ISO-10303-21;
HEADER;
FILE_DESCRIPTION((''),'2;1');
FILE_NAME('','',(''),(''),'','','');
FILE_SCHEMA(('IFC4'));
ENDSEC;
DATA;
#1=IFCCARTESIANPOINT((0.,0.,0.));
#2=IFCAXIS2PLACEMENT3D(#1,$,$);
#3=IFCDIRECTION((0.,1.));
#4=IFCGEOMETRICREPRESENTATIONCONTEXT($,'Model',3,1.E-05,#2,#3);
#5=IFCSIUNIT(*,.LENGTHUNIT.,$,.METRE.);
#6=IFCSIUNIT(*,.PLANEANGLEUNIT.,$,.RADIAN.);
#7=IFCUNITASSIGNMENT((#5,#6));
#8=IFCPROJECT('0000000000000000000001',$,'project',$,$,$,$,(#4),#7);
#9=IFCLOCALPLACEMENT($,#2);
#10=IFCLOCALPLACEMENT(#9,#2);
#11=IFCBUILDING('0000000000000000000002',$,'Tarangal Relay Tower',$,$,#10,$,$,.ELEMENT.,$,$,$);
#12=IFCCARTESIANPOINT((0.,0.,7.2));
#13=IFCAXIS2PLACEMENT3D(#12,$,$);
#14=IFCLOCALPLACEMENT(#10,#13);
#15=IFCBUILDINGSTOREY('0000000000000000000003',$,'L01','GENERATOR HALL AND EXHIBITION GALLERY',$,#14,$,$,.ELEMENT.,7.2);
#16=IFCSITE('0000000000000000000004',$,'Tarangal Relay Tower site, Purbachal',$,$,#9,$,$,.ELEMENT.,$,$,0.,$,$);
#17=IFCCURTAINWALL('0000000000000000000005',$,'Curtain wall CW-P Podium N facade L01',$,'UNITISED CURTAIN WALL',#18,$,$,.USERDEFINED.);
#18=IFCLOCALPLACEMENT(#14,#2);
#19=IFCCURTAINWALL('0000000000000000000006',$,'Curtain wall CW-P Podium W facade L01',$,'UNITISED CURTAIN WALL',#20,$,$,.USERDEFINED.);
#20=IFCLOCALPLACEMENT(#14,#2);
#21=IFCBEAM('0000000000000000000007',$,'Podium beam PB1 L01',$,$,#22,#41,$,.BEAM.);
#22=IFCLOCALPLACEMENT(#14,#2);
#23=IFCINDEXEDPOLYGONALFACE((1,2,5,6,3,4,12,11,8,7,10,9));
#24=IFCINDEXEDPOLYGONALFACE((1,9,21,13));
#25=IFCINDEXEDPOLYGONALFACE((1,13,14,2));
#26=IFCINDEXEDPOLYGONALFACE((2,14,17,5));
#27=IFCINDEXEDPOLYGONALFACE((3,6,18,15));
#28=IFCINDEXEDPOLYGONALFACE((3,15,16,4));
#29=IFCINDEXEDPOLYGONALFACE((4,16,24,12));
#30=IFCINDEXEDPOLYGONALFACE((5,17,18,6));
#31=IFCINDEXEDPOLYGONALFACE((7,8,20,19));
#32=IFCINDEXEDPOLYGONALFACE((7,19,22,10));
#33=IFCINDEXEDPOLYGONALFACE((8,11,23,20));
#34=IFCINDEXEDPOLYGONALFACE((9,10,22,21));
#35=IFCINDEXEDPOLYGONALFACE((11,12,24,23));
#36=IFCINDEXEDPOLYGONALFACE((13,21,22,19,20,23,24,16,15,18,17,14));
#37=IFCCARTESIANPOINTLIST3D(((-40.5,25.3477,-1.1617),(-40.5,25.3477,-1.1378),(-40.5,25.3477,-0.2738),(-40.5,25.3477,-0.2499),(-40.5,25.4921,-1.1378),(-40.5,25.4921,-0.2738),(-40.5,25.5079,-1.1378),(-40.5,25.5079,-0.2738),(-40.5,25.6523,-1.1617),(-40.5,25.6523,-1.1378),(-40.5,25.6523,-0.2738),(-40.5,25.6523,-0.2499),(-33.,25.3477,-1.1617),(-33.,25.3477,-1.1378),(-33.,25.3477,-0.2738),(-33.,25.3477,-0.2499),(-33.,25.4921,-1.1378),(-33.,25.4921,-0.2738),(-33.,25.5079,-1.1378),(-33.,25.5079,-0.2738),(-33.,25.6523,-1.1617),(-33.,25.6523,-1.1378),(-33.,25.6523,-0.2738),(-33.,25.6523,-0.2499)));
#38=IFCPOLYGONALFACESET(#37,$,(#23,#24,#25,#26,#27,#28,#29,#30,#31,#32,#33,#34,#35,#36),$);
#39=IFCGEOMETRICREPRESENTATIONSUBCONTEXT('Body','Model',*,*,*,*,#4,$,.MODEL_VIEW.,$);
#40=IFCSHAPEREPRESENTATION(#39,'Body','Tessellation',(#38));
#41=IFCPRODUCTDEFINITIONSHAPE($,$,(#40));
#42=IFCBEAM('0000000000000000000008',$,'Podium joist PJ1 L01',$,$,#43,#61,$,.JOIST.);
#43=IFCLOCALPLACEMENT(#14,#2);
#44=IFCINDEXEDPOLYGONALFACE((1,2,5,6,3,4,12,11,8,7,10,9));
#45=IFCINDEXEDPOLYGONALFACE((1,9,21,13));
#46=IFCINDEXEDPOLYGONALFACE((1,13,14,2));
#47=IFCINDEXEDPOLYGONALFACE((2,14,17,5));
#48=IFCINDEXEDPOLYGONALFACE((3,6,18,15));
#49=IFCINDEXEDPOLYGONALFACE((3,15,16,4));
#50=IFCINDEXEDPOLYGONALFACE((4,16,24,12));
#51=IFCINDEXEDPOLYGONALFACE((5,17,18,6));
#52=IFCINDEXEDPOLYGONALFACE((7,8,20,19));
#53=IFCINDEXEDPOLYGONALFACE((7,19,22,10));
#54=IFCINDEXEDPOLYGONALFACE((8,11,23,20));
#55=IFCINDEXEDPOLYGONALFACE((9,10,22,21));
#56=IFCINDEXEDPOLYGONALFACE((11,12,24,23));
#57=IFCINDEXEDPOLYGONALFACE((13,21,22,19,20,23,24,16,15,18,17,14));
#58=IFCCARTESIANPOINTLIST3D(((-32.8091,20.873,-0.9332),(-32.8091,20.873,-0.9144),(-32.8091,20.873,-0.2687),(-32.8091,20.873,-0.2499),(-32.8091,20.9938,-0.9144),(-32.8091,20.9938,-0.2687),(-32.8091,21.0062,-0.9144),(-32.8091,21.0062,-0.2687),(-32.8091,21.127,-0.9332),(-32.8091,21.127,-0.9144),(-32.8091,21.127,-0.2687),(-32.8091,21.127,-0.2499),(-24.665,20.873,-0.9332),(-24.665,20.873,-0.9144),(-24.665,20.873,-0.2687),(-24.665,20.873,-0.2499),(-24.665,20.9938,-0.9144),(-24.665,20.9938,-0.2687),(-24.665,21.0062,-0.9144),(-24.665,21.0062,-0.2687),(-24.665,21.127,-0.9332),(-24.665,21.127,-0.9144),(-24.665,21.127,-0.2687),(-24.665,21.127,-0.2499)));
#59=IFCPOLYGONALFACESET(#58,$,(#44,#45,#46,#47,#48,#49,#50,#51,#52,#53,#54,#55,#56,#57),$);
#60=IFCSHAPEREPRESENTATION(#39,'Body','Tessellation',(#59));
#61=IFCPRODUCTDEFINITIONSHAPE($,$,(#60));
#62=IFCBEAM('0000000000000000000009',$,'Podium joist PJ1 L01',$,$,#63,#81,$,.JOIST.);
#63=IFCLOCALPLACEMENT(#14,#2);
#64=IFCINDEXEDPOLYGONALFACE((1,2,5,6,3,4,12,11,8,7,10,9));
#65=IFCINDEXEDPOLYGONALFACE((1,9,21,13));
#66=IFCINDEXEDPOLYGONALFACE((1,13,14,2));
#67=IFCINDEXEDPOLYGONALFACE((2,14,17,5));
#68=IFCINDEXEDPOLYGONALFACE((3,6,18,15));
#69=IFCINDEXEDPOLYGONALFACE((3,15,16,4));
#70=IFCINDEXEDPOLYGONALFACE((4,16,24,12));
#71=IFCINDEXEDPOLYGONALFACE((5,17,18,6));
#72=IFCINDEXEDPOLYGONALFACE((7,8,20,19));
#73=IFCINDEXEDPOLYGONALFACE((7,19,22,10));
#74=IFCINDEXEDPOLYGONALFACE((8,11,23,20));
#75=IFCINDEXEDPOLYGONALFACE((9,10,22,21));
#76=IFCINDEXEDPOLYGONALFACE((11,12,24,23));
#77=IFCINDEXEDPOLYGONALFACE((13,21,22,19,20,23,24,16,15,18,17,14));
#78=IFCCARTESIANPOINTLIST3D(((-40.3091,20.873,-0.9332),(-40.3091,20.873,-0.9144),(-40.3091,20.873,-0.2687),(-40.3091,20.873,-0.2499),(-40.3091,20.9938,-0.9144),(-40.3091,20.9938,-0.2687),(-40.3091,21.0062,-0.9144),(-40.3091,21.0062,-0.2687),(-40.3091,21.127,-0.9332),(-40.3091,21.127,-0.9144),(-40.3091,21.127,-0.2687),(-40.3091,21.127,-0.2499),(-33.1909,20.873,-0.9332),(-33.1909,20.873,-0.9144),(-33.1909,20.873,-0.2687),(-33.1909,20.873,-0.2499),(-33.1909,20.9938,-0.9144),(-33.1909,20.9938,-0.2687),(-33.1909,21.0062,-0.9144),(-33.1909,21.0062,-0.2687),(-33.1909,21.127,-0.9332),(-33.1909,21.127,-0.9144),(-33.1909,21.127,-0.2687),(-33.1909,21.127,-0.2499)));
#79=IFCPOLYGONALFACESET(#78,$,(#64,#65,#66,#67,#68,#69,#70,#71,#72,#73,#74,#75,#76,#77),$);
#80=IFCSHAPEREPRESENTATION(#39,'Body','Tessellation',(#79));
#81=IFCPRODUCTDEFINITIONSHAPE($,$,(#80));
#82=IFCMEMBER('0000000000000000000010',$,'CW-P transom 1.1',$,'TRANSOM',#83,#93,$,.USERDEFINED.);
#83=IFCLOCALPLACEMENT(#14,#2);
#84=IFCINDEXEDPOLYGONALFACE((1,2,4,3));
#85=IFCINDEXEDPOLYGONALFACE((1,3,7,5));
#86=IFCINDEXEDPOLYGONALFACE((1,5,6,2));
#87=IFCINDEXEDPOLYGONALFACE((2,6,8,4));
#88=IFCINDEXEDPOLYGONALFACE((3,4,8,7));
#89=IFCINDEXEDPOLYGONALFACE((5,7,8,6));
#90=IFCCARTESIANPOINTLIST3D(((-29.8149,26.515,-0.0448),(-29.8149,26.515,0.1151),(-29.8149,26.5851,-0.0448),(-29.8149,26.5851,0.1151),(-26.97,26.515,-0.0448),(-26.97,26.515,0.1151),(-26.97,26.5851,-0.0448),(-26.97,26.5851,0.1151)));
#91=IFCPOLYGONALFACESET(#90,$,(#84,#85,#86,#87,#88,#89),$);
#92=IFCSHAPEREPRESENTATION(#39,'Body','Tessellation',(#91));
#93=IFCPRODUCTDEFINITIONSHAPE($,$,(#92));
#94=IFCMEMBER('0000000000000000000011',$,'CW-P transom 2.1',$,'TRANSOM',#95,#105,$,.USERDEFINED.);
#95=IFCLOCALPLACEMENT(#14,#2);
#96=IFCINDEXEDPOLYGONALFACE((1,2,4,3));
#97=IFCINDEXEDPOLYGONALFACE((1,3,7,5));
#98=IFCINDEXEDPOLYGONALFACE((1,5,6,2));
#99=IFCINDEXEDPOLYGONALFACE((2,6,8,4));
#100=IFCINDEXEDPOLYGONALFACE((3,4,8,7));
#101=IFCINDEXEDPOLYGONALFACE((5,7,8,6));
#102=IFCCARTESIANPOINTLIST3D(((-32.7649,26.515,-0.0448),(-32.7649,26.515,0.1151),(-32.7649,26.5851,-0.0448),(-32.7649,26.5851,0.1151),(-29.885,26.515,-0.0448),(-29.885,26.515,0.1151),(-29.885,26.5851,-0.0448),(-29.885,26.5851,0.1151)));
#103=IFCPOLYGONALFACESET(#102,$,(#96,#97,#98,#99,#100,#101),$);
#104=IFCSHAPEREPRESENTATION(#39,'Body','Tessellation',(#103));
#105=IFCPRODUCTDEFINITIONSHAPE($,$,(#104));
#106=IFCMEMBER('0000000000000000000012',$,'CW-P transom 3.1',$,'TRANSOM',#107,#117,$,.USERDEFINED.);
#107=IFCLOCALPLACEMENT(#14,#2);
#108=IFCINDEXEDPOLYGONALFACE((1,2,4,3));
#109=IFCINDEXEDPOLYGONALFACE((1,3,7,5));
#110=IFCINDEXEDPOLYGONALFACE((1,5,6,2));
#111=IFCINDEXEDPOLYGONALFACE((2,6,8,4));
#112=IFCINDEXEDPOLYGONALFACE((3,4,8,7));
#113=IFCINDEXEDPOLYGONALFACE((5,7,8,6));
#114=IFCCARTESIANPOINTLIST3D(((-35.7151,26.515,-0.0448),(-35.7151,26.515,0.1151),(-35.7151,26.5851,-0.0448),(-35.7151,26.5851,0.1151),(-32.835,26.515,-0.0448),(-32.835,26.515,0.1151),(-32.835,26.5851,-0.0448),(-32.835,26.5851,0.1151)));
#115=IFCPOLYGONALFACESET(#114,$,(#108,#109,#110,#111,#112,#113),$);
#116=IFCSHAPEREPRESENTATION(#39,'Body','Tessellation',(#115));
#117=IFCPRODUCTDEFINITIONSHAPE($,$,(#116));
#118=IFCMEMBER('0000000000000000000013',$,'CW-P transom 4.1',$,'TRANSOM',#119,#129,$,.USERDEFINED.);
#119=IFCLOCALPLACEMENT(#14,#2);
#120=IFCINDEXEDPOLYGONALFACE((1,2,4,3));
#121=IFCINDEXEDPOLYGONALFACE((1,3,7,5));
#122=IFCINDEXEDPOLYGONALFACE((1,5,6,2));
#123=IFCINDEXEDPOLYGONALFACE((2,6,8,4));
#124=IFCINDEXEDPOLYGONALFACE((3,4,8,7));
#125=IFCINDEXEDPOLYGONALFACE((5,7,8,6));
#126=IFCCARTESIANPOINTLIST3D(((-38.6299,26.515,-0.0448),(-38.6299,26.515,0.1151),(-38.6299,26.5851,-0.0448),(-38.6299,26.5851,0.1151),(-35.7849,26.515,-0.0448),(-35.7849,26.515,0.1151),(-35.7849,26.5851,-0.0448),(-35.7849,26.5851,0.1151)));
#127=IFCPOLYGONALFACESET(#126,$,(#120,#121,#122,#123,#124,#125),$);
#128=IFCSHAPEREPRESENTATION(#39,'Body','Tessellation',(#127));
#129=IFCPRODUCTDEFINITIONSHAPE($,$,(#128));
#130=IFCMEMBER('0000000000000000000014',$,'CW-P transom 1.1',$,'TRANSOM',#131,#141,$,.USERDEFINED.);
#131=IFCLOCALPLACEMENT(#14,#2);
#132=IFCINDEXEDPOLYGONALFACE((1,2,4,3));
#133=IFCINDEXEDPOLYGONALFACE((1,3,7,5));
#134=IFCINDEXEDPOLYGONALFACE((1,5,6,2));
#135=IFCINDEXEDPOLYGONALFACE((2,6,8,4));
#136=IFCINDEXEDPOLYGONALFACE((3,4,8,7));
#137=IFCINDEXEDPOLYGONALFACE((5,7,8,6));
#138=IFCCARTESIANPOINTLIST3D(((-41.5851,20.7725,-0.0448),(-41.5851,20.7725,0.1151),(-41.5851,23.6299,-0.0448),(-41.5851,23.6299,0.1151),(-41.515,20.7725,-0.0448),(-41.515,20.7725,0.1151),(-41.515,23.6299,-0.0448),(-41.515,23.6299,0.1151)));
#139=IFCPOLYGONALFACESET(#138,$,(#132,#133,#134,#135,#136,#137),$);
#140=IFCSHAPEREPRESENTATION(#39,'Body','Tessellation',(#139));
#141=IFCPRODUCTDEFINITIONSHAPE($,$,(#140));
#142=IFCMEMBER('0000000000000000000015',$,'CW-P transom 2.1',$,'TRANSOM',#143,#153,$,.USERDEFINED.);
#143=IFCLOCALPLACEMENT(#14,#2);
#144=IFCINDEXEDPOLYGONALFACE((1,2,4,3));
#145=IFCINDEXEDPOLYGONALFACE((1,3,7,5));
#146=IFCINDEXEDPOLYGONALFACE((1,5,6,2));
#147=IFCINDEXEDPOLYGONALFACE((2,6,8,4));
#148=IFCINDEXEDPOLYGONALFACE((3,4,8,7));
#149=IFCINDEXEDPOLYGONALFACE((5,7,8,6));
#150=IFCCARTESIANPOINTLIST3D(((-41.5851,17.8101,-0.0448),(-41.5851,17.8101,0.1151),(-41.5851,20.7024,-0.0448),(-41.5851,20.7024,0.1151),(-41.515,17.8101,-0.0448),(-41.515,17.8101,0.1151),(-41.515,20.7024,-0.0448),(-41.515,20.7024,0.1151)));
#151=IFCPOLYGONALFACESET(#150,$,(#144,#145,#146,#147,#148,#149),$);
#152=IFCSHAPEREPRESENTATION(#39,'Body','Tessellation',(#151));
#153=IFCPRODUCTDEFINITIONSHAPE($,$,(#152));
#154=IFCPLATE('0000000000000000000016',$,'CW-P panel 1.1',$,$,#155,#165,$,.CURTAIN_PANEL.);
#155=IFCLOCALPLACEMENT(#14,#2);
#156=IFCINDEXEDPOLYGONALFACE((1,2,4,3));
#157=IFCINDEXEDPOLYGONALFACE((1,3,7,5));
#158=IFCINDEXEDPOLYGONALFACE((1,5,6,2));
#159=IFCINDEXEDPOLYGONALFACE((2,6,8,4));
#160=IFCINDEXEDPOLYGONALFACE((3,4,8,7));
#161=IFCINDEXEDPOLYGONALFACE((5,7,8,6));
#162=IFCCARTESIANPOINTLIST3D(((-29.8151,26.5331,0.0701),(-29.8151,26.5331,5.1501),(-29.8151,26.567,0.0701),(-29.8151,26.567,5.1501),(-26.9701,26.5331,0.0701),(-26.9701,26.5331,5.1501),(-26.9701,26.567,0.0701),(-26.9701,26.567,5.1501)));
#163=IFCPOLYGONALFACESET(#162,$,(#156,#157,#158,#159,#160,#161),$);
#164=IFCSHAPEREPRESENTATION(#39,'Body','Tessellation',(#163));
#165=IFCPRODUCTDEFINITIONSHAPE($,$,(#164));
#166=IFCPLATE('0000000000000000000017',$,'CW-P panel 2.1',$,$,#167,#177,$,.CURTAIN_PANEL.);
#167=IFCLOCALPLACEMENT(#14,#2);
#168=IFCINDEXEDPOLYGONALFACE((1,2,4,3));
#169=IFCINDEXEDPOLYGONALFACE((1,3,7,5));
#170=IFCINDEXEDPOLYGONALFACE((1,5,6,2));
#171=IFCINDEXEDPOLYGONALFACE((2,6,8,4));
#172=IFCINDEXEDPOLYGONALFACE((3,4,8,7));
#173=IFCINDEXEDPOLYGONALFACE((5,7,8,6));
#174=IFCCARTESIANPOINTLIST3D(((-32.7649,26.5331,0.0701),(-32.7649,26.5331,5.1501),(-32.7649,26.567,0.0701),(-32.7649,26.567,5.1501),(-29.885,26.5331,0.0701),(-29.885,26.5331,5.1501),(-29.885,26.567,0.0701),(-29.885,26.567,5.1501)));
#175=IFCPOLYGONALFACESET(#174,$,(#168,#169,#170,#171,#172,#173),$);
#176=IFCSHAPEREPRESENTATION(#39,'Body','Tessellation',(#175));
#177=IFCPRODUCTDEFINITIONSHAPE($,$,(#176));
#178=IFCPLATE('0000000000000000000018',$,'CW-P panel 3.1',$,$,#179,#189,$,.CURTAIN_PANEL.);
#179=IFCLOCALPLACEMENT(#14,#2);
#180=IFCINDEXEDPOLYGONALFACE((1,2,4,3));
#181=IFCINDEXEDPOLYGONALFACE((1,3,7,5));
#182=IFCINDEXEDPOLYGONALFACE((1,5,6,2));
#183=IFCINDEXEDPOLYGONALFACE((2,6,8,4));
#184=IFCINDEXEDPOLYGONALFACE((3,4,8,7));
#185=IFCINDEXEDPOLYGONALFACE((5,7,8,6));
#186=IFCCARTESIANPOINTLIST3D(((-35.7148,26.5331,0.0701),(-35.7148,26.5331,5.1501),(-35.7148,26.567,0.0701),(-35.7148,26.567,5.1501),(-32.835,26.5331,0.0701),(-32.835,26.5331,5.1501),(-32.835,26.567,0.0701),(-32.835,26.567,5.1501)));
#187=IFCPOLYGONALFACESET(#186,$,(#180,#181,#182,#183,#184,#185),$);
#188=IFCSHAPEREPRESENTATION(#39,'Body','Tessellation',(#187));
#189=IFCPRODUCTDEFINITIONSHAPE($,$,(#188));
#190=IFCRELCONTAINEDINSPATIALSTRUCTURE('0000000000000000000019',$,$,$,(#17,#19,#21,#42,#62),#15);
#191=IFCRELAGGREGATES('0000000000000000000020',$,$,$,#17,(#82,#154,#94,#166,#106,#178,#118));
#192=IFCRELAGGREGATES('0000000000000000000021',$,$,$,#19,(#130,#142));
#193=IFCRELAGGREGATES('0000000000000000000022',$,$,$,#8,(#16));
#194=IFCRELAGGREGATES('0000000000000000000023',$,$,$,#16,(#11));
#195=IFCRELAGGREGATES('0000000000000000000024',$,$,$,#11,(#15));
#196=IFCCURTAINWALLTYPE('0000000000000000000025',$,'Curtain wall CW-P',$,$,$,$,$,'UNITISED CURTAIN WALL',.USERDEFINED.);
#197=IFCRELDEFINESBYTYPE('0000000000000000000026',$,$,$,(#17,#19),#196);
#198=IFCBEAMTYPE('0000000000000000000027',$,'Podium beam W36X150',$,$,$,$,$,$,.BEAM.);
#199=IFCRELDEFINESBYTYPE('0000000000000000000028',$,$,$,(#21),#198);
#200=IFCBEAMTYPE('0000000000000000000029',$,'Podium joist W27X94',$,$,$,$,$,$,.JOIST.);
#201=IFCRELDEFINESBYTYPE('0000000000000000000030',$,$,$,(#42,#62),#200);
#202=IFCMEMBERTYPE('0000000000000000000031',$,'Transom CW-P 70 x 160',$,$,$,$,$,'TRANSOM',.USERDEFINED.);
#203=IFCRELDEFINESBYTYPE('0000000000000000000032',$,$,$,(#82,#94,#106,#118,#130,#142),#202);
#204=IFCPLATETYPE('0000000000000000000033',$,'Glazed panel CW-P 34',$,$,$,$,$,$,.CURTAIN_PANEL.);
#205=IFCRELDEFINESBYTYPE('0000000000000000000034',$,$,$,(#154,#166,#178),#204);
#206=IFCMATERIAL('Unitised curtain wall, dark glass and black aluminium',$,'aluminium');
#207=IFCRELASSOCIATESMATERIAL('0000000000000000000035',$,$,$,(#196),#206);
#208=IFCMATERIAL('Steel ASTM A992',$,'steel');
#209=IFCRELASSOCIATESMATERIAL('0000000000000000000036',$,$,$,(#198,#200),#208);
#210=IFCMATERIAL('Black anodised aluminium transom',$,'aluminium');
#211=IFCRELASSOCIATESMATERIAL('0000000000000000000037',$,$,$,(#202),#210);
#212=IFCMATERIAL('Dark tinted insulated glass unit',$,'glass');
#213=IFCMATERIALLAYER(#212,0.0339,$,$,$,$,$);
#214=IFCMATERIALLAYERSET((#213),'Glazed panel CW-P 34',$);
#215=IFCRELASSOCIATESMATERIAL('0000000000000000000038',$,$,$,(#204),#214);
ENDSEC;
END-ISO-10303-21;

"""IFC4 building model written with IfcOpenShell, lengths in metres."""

from ifc_helpers import new_model, si_unit, direction, frame, origin, origin_2d, place, context, subcontext, project, spatial, rectangle, i_section, extrude, material, layer, layer_set, material_profile, profile_set, type_object, element, aggregate, save


model = new_model("IFC4")

# Units and contexts
model_context = context("Model", 3, precision=1e-05, world=origin(), true_north=direction((0.0, 1.0)))
body_context = subcontext(model_context, "Body", "Model", "MODEL_VIEW")
ifc_project = project(units=[si_unit("LENGTHUNIT", "METRE"), si_unit("PLANEANGLEUNIT", "RADIAN")], contexts=[model_context])

# Site, building, storey
site_placement = place(None, origin())
site = spatial("IfcSite", under=ifc_project, at=site_placement, Name="Tarangal Relay Tower site, Purbachal", CompositionType="ELEMENT", RefElevation=0.0)
building_placement = place(site_placement, origin())
building = spatial("IfcBuilding", under=site, at=building_placement, Name="Tarangal Relay Tower", CompositionType="ELEMENT")
storey_placement = place(building_placement, frame((0.0, 0.0, 7.2)))
storey = spatial("IfcBuildingStorey", under=building, at=storey_placement, Name="L01", Description="GENERATOR HALL AND EXHIBITION GALLERY", CompositionType="ELEMENT", Elevation=7.2)

# Shared definitions
ifc_material_1 = material(Name="Steel ASTM A992", Category="steel")

# Curtain walls
ifc_material_2 = material(Name="Unitised curtain wall, dark glass and black aluminium", Category="aluminium")
curtain_wall_type = type_object("IfcCurtainWallType", Name="Curtain wall CW-P", ElementType="UNITISED CURTAIN WALL", PredefinedType="USERDEFINED", material=ifc_material_2)
curtain_wall_1_placement = place(storey_placement, origin())
curtain_wall_1 = element("IfcCurtainWall", 1, at=curtain_wall_1_placement, inside=storey, type_object=curtain_wall_type, Name="Curtain wall CW-P Podium N facade L01", ObjectType="UNITISED CURTAIN WALL", PredefinedType="USERDEFINED")
curtain_wall_2_placement = place(storey_placement, origin())
curtain_wall_2 = element("IfcCurtainWall", 2, at=curtain_wall_2_placement, inside=storey, type_object=curtain_wall_type, Name="Curtain wall CW-P Podium W facade L01", ObjectType="UNITISED CURTAIN WALL", PredefinedType="USERDEFINED")

# Beams
ifc_material_profile_1 = material_profile(ifc_material_1, i_section(OverallWidth=0.3047, OverallDepth=0.9119, WebThickness=0.0159, FlangeThickness=0.0239, at=origin_2d()), Name="W36X150")
ifc_profile_set_1 = profile_set([ifc_material_profile_1], Name="Steel ASTM A992")
beam_type_1 = type_object("IfcBeamType", Name="Podium beam W36X150", PredefinedType="BEAM", material=ifc_profile_set_1)
beam_1_placement = place(storey_placement, frame((-33.0, 25.5, -0.7058), z_axis=(-1.0, 0.0, 0.0), x_axis=(0.0, -1.0, 0.0)))
element("IfcBeam", 3, at=beam_1_placement, inside=storey, type_object=beam_type_1, Name="Podium beam PB1 L01", PredefinedType="BEAM", context=body_context, shape_type="SweptSolid", body=[
    extrude(i_section(OverallWidth=0.3047, OverallDepth=0.9119, WebThickness=0.0159, FlangeThickness=0.0239, at=origin_2d()), origin(), (0.0, 0.0, 1.0), 7.5),
])
ifc_material_profile_2 = material_profile(ifc_material_1, i_section(OverallWidth=0.2539, OverallDepth=0.6833, WebThickness=0.0125, FlangeThickness=0.0188, at=origin_2d()), Name="W27X94")
ifc_profile_set_2 = profile_set([ifc_material_profile_2], Name="Steel ASTM A992")
beam_type_2 = type_object("IfcBeamType", Name="Podium joist W27X94", PredefinedType="JOIST", material=ifc_profile_set_2)
beam_2_placement = place(storey_placement, frame((-24.665, 21.0, -0.5916), z_axis=(-1.0, 0.0, 0.0), x_axis=(0.0, -1.0, 0.0)))
element("IfcBeam", 4, at=beam_2_placement, inside=storey, type_object=beam_type_2, Name="Podium joist PJ1 L01", PredefinedType="JOIST", context=body_context, shape_type="SweptSolid", body=[
    extrude(i_section(OverallWidth=0.2539, OverallDepth=0.6833, WebThickness=0.0125, FlangeThickness=0.0188, at=origin_2d()), origin(), (0.0, 0.0, 1.0), 8.144),
])
beam_3_placement = place(storey_placement, frame((-33.1909, 21.0, -0.5916), z_axis=(-1.0, 0.0, 0.0), x_axis=(0.0, -1.0, 0.0)))
element("IfcBeam", 5, at=beam_3_placement, inside=storey, type_object=beam_type_2, Name="Podium joist PJ1 L01", PredefinedType="JOIST", context=body_context, shape_type="SweptSolid", body=[
    extrude(i_section(OverallWidth=0.2539, OverallDepth=0.6833, WebThickness=0.0125, FlangeThickness=0.0188, at=origin_2d()), origin(), (0.0, 0.0, 1.0), 7.1182),
])

# Members
ifc_material_3 = material(Name="Black anodised aluminium transom", Category="aluminium")
ifc_material_profile_3 = material_profile(ifc_material_3, rectangle(XDim=0.0701, YDim=0.1599, at=origin_2d()), Name="CW-PT 70X160")
ifc_profile_set_3 = profile_set([ifc_material_profile_3], Name="Black anodised aluminium transom")
member_type_1 = type_object("IfcMemberType", Name="Transom CW-P 70 x 160", ElementType="TRANSOM", PredefinedType="USERDEFINED", material=ifc_profile_set_3)
member_1_placement = place(storey_placement, frame((-26.97, 26.55, 0.0352), z_axis=(-1.0, 0.0, 0.0), x_axis=(0.0, -1.0, 0.0)))
member_1 = element("IfcMember", 6, at=member_1_placement, type_object=member_type_1, Name="CW-P transom 1.1", ObjectType="TRANSOM", PredefinedType="USERDEFINED", context=body_context, shape_type="SweptSolid", body=[
    extrude(rectangle(XDim=0.0701, YDim=0.1599, at=origin_2d()), origin(), (0.0, 0.0, 1.0), 2.845),
])
member_2_placement = place(storey_placement, frame((-29.885, 26.55, 0.0352), z_axis=(-1.0, 0.0, 0.0), x_axis=(0.0, -1.0, 0.0)))
member_2 = element("IfcMember", 7, at=member_2_placement, type_object=member_type_1, Name="CW-P transom 2.1", ObjectType="TRANSOM", PredefinedType="USERDEFINED", context=body_context, shape_type="SweptSolid", body=[
    extrude(rectangle(XDim=0.0701, YDim=0.1599, at=origin_2d()), origin(), (0.0, 0.0, 1.0), 2.8799),
])
member_3_placement = place(storey_placement, frame((-32.835, 26.55, 0.0352), z_axis=(-1.0, 0.0, 0.0), x_axis=(0.0, -1.0, 0.0)))
member_3 = element("IfcMember", 8, at=member_3_placement, type_object=member_type_1, Name="CW-P transom 3.1", ObjectType="TRANSOM", PredefinedType="USERDEFINED", context=body_context, shape_type="SweptSolid", body=[
    extrude(rectangle(XDim=0.0701, YDim=0.1599, at=origin_2d()), origin(), (0.0, 0.0, 1.0), 2.8801),
])
member_4_placement = place(storey_placement, frame((-35.7849, 26.55, 0.0352), z_axis=(-1.0, 0.0, 0.0), x_axis=(0.0, -1.0, 0.0)))
member_4 = element("IfcMember", 9, at=member_4_placement, type_object=member_type_1, Name="CW-P transom 4.1", ObjectType="TRANSOM", PredefinedType="USERDEFINED", context=body_context, shape_type="SweptSolid", body=[
    extrude(rectangle(XDim=0.0701, YDim=0.1599, at=origin_2d()), origin(), (0.0, 0.0, 1.0), 2.845),
])
member_5_placement = place(storey_placement, frame((-41.55, 23.6299, 0.0352), z_axis=(0.0, -1.0, 0.0), x_axis=(1.0, 0.0, 0.0)))
member_5 = element("IfcMember", 10, at=member_5_placement, type_object=member_type_1, Name="CW-P transom 1.1", ObjectType="TRANSOM", PredefinedType="USERDEFINED", context=body_context, shape_type="SweptSolid", body=[
    extrude(rectangle(XDim=0.0701, YDim=0.1599, at=origin_2d()), origin(), (0.0, 0.0, 1.0), 2.8574),
])
member_6_placement = place(storey_placement, frame((-41.55, 20.7024, 0.0352), z_axis=(0.0, -1.0, 0.0), x_axis=(1.0, 0.0, 0.0)))
member_6 = element("IfcMember", 11, at=member_6_placement, type_object=member_type_1, Name="CW-P transom 2.1", ObjectType="TRANSOM", PredefinedType="USERDEFINED", context=body_context, shape_type="SweptSolid", body=[
    extrude(rectangle(XDim=0.0701, YDim=0.1599, at=origin_2d()), origin(), (0.0, 0.0, 1.0), 2.8923),
])

# Plates
ifc_material_4 = material(Name="Dark tinted insulated glass unit", Category="glass")
ifc_layer_1 = layer(ifc_material_4, 0.0339)
ifc_layer_set_1 = layer_set([ifc_layer_1], Name="Glazed panel CW-P 34")
plate_type = type_object("IfcPlateType", Name="Glazed panel CW-P 34", PredefinedType="CURTAIN_PANEL", material=ifc_layer_set_1)
plate_1_placement = place(storey_placement, frame((-28.3926, 26.55, 0.0701), z_axis=(0.0, 0.0, 1.0), x_axis=(-1.0, 0.0, 0.0)))
plate_1 = element("IfcPlate", 12, at=plate_1_placement, type_object=plate_type, Name="CW-P panel 1.1", PredefinedType="CURTAIN_PANEL", context=body_context, shape_type="SweptSolid", body=[
    extrude(rectangle(XDim=2.845, YDim=0.0339, at=origin_2d()), origin(), (0.0, 0.0, 1.0), 5.0801),
])
plate_2_placement = place(storey_placement, frame((-31.325, 26.55, 0.0701), z_axis=(0.0, 0.0, 1.0), x_axis=(-1.0, 0.0, 0.0)))
plate_2 = element("IfcPlate", 13, at=plate_2_placement, type_object=plate_type, Name="CW-P panel 2.1", PredefinedType="CURTAIN_PANEL", context=body_context, shape_type="SweptSolid", body=[
    extrude(rectangle(XDim=2.8799, YDim=0.0339, at=origin_2d()), origin(), (0.0, 0.0, 1.0), 5.0801),
])
plate_3_placement = place(storey_placement, frame((-34.2749, 26.55, 0.0701), z_axis=(0.0, 0.0, 1.0), x_axis=(-1.0, 0.0, 0.0)))
plate_3 = element("IfcPlate", 14, at=plate_3_placement, type_object=plate_type, Name="CW-P panel 3.1", PredefinedType="CURTAIN_PANEL", context=body_context, shape_type="SweptSolid", body=[
    extrude(rectangle(XDim=2.8799, YDim=0.0339, at=origin_2d()), origin(), (0.0, 0.0, 1.0), 5.0801),
])
aggregate(curtain_wall_1, [member_1, plate_1, member_2, plate_2, member_3, plate_3, member_4])
aggregate(curtain_wall_2, [member_5, member_6])

save(model, "model.ifc")
